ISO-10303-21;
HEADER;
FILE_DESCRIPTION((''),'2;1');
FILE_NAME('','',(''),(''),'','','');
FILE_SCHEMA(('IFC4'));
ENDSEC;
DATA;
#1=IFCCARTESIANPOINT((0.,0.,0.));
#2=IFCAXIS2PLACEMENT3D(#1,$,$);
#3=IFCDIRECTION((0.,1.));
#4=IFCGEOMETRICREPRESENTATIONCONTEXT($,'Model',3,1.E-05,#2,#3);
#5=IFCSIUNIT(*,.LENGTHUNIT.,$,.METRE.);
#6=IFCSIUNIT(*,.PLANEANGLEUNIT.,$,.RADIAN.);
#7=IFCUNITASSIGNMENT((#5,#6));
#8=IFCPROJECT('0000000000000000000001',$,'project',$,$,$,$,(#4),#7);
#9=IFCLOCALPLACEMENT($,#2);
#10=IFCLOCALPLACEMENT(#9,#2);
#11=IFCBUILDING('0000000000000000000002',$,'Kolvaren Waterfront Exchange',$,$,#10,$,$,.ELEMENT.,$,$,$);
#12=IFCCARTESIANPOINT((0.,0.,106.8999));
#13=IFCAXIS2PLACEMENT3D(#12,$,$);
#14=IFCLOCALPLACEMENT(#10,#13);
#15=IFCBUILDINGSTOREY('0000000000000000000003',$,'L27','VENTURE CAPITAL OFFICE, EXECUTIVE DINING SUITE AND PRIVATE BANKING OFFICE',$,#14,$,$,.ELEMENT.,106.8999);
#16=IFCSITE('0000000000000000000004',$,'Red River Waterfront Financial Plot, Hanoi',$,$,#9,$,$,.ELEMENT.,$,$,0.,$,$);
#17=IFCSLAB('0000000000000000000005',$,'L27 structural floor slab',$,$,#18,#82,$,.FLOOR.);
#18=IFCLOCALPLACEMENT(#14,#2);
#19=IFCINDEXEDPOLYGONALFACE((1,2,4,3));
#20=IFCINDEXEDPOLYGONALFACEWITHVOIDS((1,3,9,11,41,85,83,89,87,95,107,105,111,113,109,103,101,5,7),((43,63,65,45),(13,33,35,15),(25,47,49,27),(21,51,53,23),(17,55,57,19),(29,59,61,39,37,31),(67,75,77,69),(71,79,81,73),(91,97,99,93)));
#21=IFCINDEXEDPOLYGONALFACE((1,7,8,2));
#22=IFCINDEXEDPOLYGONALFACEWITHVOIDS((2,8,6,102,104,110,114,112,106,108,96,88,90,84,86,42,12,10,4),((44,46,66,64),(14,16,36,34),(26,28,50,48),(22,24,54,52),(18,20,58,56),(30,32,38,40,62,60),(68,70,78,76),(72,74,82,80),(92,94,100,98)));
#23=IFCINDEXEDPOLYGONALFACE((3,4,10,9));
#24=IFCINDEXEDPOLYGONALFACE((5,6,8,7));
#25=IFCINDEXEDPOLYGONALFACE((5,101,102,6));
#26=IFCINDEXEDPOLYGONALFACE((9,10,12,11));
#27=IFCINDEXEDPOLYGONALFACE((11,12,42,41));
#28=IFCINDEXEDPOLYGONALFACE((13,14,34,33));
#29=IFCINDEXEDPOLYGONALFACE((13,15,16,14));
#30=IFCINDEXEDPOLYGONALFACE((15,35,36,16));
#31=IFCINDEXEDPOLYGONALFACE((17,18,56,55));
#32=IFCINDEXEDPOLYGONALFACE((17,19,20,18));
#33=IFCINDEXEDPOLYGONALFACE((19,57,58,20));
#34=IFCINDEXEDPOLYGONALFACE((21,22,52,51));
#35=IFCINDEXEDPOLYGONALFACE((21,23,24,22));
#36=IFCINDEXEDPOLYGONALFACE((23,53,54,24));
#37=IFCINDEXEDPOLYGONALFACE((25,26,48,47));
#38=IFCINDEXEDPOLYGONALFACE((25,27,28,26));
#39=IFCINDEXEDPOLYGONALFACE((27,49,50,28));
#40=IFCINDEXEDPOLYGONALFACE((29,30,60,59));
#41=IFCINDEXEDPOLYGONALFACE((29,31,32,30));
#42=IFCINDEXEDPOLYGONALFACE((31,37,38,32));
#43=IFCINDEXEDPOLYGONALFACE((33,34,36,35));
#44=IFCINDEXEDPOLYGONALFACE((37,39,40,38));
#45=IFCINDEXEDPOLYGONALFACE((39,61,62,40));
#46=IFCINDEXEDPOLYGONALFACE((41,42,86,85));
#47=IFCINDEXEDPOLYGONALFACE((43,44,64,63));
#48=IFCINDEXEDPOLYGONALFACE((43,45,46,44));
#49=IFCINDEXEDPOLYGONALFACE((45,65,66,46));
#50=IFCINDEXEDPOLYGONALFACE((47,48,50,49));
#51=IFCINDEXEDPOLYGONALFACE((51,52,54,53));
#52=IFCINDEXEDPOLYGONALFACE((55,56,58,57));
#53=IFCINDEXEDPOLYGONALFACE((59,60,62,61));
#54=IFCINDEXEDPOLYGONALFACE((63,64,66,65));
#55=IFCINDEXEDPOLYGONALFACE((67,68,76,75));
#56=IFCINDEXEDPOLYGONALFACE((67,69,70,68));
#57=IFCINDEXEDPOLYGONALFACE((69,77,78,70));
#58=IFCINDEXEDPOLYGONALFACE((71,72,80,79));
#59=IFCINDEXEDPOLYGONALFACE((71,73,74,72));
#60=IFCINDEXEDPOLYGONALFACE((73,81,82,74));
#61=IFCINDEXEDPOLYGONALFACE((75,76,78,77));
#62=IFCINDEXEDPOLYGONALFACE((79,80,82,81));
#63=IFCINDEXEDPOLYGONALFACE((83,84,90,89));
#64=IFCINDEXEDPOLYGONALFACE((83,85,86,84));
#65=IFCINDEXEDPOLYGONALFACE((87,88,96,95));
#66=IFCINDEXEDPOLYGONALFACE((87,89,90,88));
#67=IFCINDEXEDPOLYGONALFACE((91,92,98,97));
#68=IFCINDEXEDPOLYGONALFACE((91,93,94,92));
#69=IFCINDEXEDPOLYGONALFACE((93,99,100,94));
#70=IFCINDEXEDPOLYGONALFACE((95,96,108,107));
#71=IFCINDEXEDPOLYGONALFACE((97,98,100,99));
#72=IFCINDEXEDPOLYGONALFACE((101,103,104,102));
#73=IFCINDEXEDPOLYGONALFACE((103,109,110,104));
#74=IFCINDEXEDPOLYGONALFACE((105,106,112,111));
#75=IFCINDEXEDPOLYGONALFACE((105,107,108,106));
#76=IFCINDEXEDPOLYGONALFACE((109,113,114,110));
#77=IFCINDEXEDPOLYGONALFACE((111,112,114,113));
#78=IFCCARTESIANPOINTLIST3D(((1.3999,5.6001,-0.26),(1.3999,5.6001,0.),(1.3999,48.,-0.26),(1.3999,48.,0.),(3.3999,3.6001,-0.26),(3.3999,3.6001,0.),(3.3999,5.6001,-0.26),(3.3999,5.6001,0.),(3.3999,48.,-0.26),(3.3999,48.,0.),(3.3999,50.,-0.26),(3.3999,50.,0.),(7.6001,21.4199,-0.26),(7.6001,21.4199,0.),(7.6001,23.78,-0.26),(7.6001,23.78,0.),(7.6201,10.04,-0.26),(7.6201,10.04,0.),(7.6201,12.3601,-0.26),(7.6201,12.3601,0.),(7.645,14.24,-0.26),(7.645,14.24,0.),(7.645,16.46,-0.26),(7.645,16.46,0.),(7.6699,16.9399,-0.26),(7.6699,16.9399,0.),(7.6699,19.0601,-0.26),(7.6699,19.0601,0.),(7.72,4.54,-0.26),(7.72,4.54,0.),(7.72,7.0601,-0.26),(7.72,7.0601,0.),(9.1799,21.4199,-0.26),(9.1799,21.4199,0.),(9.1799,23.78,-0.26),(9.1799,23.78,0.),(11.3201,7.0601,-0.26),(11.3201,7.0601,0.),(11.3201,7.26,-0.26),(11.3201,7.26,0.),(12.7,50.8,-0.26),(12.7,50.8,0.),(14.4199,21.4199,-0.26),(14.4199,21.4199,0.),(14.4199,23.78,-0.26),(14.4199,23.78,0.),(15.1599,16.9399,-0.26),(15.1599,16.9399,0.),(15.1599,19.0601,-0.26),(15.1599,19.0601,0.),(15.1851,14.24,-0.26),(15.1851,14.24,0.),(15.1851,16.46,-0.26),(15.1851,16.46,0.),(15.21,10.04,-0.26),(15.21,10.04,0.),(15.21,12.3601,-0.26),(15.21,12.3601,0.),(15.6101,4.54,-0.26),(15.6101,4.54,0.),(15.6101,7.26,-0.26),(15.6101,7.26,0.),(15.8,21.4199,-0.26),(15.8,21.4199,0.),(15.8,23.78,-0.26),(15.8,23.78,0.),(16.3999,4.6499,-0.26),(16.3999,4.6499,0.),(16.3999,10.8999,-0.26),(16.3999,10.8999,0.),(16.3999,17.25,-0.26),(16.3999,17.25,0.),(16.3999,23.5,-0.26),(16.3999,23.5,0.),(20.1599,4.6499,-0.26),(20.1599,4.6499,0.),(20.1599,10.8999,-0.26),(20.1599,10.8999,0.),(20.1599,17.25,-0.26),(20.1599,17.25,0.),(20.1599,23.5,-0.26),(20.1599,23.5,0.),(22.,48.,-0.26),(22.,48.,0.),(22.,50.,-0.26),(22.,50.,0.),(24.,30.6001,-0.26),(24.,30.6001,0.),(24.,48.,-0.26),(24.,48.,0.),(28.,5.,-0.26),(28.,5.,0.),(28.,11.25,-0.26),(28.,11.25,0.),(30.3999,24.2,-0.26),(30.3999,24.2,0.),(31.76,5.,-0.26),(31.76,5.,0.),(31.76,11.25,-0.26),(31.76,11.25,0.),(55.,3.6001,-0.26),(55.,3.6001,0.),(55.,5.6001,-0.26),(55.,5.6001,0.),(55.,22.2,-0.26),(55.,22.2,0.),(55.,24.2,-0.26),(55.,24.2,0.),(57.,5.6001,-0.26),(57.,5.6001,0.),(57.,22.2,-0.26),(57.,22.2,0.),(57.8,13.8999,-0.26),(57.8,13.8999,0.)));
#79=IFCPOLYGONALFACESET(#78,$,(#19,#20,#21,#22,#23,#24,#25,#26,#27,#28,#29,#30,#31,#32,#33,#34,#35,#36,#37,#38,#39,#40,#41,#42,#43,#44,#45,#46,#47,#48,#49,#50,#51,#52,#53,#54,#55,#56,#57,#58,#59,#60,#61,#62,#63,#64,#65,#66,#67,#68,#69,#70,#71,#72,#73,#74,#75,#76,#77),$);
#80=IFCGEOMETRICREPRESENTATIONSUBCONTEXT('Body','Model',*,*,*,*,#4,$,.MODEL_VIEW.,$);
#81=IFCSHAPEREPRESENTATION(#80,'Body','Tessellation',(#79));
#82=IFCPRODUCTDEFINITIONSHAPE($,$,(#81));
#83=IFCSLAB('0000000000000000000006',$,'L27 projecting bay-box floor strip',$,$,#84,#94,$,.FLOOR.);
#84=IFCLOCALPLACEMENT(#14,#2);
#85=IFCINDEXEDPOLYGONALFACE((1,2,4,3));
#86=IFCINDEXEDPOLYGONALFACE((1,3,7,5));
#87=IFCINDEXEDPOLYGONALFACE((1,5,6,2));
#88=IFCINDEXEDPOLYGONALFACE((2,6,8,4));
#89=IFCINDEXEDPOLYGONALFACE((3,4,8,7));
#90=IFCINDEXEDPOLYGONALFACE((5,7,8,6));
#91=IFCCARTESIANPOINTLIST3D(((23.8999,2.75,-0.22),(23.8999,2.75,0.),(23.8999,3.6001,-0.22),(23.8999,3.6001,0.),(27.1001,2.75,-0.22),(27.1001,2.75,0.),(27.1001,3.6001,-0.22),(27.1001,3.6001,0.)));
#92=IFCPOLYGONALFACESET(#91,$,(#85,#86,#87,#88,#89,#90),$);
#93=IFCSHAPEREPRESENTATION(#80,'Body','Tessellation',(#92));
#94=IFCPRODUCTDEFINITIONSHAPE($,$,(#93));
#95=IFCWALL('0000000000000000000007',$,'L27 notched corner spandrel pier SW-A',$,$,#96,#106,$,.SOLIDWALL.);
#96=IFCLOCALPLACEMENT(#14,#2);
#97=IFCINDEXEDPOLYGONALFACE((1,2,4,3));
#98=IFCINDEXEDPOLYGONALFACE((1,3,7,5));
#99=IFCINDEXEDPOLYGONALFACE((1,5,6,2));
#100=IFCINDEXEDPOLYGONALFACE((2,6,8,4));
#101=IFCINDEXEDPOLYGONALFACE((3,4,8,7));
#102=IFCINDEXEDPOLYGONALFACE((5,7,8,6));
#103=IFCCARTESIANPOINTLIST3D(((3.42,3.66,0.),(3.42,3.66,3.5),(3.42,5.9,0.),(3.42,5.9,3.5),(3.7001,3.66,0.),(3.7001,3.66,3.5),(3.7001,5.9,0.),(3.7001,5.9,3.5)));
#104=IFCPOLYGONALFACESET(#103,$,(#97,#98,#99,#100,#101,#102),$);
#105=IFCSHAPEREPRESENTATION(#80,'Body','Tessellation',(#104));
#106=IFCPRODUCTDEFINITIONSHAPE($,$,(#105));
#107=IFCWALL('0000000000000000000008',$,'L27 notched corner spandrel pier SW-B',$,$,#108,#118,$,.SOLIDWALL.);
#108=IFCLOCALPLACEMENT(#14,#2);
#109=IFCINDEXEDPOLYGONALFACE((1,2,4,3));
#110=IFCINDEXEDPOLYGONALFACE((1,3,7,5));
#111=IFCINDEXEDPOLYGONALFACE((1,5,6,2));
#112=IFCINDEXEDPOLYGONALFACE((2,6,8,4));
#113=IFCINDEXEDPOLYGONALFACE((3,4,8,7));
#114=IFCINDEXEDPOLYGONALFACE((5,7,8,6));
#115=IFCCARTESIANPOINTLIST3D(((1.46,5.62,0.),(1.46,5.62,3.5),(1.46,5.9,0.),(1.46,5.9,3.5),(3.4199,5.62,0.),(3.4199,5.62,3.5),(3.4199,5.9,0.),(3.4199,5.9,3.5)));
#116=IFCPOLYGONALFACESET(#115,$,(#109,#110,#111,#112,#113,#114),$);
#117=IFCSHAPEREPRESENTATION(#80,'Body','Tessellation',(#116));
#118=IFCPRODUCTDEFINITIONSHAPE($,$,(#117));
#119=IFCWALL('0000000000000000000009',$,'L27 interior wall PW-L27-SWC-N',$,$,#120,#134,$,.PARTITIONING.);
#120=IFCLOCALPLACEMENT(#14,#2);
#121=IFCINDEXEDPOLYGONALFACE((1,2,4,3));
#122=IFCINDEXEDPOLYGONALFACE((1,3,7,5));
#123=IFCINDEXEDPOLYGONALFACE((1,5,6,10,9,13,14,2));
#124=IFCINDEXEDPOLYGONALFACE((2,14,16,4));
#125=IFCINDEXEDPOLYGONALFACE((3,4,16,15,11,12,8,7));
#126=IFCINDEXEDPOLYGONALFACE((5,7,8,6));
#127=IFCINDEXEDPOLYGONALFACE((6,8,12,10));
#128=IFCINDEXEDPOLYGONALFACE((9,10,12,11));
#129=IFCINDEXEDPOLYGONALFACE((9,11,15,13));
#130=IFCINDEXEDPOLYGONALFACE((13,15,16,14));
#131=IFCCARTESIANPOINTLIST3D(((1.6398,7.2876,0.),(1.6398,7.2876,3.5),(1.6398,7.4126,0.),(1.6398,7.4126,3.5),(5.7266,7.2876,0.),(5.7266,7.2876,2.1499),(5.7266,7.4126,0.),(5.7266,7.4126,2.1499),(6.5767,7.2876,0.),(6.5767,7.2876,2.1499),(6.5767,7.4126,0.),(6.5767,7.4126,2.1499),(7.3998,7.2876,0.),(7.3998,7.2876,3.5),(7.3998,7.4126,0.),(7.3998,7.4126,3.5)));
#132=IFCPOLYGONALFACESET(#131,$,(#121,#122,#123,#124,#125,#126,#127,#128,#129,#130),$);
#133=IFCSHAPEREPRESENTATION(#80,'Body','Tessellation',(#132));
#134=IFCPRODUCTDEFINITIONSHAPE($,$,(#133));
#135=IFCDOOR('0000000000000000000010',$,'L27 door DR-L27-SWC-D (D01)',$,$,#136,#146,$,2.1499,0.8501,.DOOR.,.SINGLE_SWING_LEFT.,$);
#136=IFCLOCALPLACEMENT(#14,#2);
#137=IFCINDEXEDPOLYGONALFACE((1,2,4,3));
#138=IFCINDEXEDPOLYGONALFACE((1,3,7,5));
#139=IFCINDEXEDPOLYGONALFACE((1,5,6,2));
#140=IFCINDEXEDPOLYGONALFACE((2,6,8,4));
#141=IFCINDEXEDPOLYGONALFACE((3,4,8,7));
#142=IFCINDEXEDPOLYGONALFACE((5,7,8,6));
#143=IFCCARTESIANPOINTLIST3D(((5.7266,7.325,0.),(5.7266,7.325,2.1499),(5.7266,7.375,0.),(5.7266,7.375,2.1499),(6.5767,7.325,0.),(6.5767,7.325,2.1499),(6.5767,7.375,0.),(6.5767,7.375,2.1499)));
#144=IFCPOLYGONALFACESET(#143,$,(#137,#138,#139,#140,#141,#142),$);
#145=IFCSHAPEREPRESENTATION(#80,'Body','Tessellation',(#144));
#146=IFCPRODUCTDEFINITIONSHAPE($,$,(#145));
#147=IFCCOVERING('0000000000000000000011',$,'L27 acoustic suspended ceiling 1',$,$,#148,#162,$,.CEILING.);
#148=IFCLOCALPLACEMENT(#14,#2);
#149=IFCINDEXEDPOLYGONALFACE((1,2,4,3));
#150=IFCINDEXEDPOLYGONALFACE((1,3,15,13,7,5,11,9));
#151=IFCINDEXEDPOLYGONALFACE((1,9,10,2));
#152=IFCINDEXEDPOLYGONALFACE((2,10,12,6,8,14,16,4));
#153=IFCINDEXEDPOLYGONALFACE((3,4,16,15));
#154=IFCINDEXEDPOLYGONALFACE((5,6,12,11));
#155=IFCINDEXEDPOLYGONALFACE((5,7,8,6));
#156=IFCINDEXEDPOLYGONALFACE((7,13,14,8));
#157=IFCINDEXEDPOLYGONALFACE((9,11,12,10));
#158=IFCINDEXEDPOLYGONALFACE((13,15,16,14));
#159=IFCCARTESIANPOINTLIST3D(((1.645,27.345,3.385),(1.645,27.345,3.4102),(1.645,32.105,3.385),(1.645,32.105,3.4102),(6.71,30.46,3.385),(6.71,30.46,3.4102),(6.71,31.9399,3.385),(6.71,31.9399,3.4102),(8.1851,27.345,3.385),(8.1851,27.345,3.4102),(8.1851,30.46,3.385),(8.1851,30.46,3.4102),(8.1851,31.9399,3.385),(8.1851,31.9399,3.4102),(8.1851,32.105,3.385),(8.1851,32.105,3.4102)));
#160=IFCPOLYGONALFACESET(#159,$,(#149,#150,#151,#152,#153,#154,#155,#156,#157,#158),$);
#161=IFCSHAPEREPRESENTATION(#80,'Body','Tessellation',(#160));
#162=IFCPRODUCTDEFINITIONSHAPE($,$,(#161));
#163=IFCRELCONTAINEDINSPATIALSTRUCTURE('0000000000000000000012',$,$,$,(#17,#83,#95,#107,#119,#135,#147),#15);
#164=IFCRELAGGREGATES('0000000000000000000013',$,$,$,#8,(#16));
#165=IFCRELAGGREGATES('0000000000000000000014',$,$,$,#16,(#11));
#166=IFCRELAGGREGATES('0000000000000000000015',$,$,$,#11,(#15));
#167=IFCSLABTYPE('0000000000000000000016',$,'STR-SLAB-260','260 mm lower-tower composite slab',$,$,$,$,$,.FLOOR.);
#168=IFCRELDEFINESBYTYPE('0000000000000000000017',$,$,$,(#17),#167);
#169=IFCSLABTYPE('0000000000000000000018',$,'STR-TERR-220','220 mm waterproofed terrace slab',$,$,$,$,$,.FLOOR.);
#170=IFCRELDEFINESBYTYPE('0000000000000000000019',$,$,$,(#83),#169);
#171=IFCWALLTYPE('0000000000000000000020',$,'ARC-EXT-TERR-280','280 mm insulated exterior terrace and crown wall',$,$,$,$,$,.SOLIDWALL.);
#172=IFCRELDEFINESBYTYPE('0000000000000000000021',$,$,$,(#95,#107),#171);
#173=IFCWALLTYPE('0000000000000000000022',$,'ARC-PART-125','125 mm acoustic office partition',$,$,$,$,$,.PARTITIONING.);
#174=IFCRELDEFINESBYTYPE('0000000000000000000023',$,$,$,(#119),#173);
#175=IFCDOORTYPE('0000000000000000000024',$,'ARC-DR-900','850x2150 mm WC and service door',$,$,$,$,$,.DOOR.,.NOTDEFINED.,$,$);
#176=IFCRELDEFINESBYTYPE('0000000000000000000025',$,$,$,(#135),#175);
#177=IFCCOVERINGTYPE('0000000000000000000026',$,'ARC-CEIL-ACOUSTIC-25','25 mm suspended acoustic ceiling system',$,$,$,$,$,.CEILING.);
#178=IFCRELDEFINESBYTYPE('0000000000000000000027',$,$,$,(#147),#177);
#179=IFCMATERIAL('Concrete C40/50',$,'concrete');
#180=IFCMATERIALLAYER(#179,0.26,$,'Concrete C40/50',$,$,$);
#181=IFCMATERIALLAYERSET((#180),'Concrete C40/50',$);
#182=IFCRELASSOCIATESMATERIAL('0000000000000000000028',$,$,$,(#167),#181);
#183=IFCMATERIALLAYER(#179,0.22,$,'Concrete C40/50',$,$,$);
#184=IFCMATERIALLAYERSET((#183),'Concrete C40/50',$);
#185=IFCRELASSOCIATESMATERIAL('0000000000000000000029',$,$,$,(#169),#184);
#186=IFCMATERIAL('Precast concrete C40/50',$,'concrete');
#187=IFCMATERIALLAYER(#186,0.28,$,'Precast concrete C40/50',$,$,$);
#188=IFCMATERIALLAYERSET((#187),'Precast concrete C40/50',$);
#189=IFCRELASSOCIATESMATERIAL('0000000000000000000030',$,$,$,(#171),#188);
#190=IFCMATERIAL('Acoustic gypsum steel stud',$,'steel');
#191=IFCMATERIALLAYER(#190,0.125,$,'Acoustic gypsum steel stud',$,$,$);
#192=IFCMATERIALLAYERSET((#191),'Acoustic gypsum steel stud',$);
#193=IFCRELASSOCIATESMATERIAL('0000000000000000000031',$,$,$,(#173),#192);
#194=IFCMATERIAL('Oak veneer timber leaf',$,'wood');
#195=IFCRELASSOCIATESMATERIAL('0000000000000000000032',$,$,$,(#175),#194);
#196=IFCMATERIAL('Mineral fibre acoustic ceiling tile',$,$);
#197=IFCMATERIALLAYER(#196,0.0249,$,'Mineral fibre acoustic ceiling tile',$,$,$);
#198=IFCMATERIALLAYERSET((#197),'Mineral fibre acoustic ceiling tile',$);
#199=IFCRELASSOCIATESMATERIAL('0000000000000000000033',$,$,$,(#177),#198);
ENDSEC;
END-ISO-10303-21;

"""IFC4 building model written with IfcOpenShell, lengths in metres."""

from ifc_helpers import new_model, si_unit, direction, frame, frame_2d, origin, place, context, subcontext, project, spatial, polyline, rectangle, outline, extrude, material, layer, layer_set, type_object, element, fill, save


model = new_model("IFC4")

# Units and contexts
model_context = context("Model", 3, precision=1e-05, world=origin(), true_north=direction((0.0, 1.0)))
body_context = subcontext(model_context, "Body", "Model", "MODEL_VIEW")
ifc_project = project(units=[si_unit("LENGTHUNIT", "METRE"), si_unit("PLANEANGLEUNIT", "RADIAN")], contexts=[model_context])

# Site, building, storey
site_placement = place(None, origin())
site = spatial("IfcSite", under=ifc_project, at=site_placement, Name="Red River Waterfront Financial Plot, Hanoi", CompositionType="ELEMENT", RefElevation=0.0)
building_placement = place(site_placement, origin())
building = spatial("IfcBuilding", under=site, at=building_placement, Name="Kolvaren Waterfront Exchange", CompositionType="ELEMENT")
storey_placement = place(building_placement, frame((0.0, 0.0, 106.8999)))
storey = spatial("IfcBuildingStorey", under=building, at=storey_placement, Name="L27", Description="VENTURE CAPITAL OFFICE, EXECUTIVE DINING SUITE AND PRIVATE BANKING OFFICE", CompositionType="ELEMENT", Elevation=106.8999)

# Shared definitions
ifc_material_1 = material(Name="Concrete C40/50", Category="concrete")

# Slabs
ifc_layer_1 = layer(ifc_material_1, 0.26, Name="Concrete C40/50")
ifc_layer_set_1 = layer_set([ifc_layer_1], Name="Concrete C40/50")
slab_type_1 = type_object("IfcSlabType", Name="STR-SLAB-260", Description="260 mm lower-tower composite slab", PredefinedType="FLOOR", material=ifc_layer_set_1)
slab_1_placement = place(storey_placement, frame((0.0, 0.0, -0.26)))
element("IfcSlab", 1, at=slab_1_placement, inside=storey, type_object=slab_type_1, Name="L27 structural floor slab", PredefinedType="FLOOR", context=body_context, shape_type="SweptSolid", body=[
    extrude(outline(polyline([(3.3999, 3.6001), (55.0, 3.6001), (55.0, 5.6001), (57.0, 5.6001), (57.8, 13.8999), (57.0, 22.2), (55.0, 22.2), (55.0, 24.2), (30.3999, 24.2), (24.0, 30.6001), (24.0, 48.0), (22.0, 48.0), (22.0, 50.0), (12.7, 50.8), (3.3999, 50.0), (3.3999, 48.0), (1.3999, 48.0), (1.3999, 5.6001), (3.3999, 5.6001), (3.3999, 3.6001)]), holes=[polyline([(11.3201, 7.26), (15.6101, 7.26), (15.6101, 4.54), (7.72, 4.54), (7.72, 7.0601), (11.3201, 7.0601), (11.3201, 7.26)]), polyline([(20.1599, 4.6499), (16.3999, 4.6499), (16.3999, 10.8999), (20.1599, 10.8999), (20.1599, 4.6499)]), polyline([(31.76, 5.0), (28.0, 5.0), (28.0, 11.25), (31.76, 11.25), (31.76, 5.0)]), polyline([(15.21, 10.04), (7.6201, 10.04), (7.6201, 12.3601), (15.21, 12.3601), (15.21, 10.04)]), polyline([(7.645, 16.46), (15.1851, 16.46), (15.1851, 14.24), (7.645, 14.24), (7.645, 16.46)]), polyline([(15.1599, 16.9399), (7.6699, 16.9399), (7.6699, 19.0601), (15.1599, 19.0601), (15.1599, 16.9399)]), polyline([(16.3999, 23.5), (20.1599, 23.5), (20.1599, 17.25), (16.3999, 17.25), (16.3999, 23.5)]), polyline([(7.6001, 23.78), (9.1799, 23.78), (9.1799, 21.4199), (7.6001, 21.4199), (7.6001, 23.78)]), polyline([(15.8, 23.78), (15.8, 21.4199), (14.4199, 21.4199), (14.4199, 23.78), (15.8, 23.78)])]), origin(), (0.0, 0.0, 1.0), 0.26),
])
ifc_layer_2 = layer(ifc_material_1, 0.22, Name="Concrete C40/50")
ifc_layer_set_2 = layer_set([ifc_layer_2], Name="Concrete C40/50")
slab_type_2 = type_object("IfcSlabType", Name="STR-TERR-220", Description="220 mm waterproofed terrace slab", PredefinedType="FLOOR", material=ifc_layer_set_2)
slab_2_placement = place(storey_placement, frame((0.0, 0.0, -0.22)))
element("IfcSlab", 2, at=slab_2_placement, inside=storey, type_object=slab_type_2, Name="L27 projecting bay-box floor strip", PredefinedType="FLOOR", context=body_context, shape_type="SweptSolid", body=[
    extrude(outline(polyline([(23.8999, 2.75), (27.1001, 2.75), (27.1001, 3.6001), (23.8999, 3.6001), (23.8999, 2.75)])), origin(), (0.0, 0.0, 1.0), 0.22),
])

# Walls
ifc_material_2 = material(Name="Precast concrete C40/50", Category="concrete")
ifc_layer_3 = layer(ifc_material_2, 0.28, Name="Precast concrete C40/50")
ifc_layer_set_3 = layer_set([ifc_layer_3], Name="Precast concrete C40/50")
wall_type_1 = type_object("IfcWallType", Name="ARC-EXT-TERR-280", Description="280 mm insulated exterior terrace and crown wall", PredefinedType="SOLIDWALL", material=ifc_layer_set_3)
wall_1_placement = place(storey_placement, frame((3.5601, 3.6599, 0.0), z_axis=(0.0, 0.0, 1.0), x_axis=(0.0, 1.0, 0.0)))
element("IfcWall", 3, at=wall_1_placement, inside=storey, type_object=wall_type_1, Name="L27 notched corner spandrel pier SW-A", PredefinedType="SOLIDWALL", context=body_context, shape_type="SweptSolid", body=[
    extrude(rectangle(XDim=2.24, YDim=0.28, at=frame_2d((1.1201, 0.0))), origin(), (0.0, 0.0, 1.0), 3.5),
])
wall_2_placement = place(storey_placement, frame((1.46, 5.76, 0.0), z_axis=(0.0, 0.0, 1.0), x_axis=(1.0, 0.0, 0.0)))
element("IfcWall", 4, at=wall_2_placement, inside=storey, type_object=wall_type_1, Name="L27 notched corner spandrel pier SW-B", PredefinedType="SOLIDWALL", context=body_context, shape_type="SweptSolid", body=[
    extrude(rectangle(XDim=1.96, YDim=0.28, at=frame_2d((0.98, 0.0))), origin(), (0.0, 0.0, 1.0), 3.5),
])

# Wall, opening, door
ifc_material_3 = material(Name="Acoustic gypsum steel stud", Category="steel")
ifc_layer_4 = layer(ifc_material_3, 0.125, Name="Acoustic gypsum steel stud")
ifc_layer_set_4 = layer_set([ifc_layer_4], Name="Acoustic gypsum steel stud")
wall_type_2 = type_object("IfcWallType", Name="ARC-PART-125", Description="125 mm acoustic office partition", PredefinedType="PARTITIONING", material=ifc_layer_set_4)
wall_3_placement = place(storey_placement, frame((1.6399, 7.3501, 0.0), z_axis=(0.0, 0.0, 1.0), x_axis=(1.0, 0.0, 0.0)))
wall_3 = element("IfcWall", 5, at=wall_3_placement, inside=storey, type_object=wall_type_2, Name="L27 interior wall PW-L27-SWC-N", PredefinedType="PARTITIONING", context=body_context, shape_type="SweptSolid", body=[
    extrude(rectangle(XDim=5.76, YDim=0.125, at=frame_2d((2.8799, 0.0))), origin(), (0.0, 0.0, 1.0), 3.5),
])
opening_placement = place(wall_3_placement, frame((4.0867, 0.0, 0.0)))
opening = element("IfcOpeningElement", 6, at=opening_placement, cuts=wall_3, PredefinedType="OPENING", context=body_context, shape_type="SweptSolid", body=[
    extrude(rectangle(XDim=0.8501, YDim=2.1499, at=frame_2d((0.425, 1.075))), frame((0.0, 0.0725, 0.0), z_axis=(0.0, -1.0, 0.0), x_axis=(1.0, 0.0, 0.0)), (0.0, 0.0, 1.0), 0.145),
])
ifc_material_4 = material(Name="Oak veneer timber leaf", Category="wood")
door_type = type_object("IfcDoorType", Name="ARC-DR-900", Description="850x2150 mm WC and service door", OperationType="NOTDEFINED", PredefinedType="DOOR", material=ifc_material_4)
door_placement = place(opening_placement, origin())
door = element("IfcDoor", 7, at=door_placement, inside=storey, type_object=door_type, Name="L27 door DR-L27-SWC-D (D01)", OperationType="SINGLE_SWING_LEFT", OverallHeight=2.1499, OverallWidth=0.8501, PredefinedType="DOOR", context=body_context, shape_type="SweptSolid", body=[
    extrude(rectangle(XDim=0.8501, YDim=2.1499, at=frame_2d((0.425, 1.075))), frame((0.0, 0.0249, 0.0), z_axis=(0.0, -1.0, 0.0), x_axis=(1.0, 0.0, 0.0)), (0.0, 0.0, 1.0), 0.05),
])
fill(opening, door)

# Covering
ifc_material_5 = material(Name="Mineral fibre acoustic ceiling tile")
ifc_layer_5 = layer(ifc_material_5, 0.0249, Name="Mineral fibre acoustic ceiling tile")
ifc_layer_set_5 = layer_set([ifc_layer_5], Name="Mineral fibre acoustic ceiling tile")
covering_type_1 = type_object("IfcCoveringType", Name="ARC-CEIL-ACOUSTIC-25", Description="25 mm suspended acoustic ceiling system", PredefinedType="CEILING", material=ifc_layer_set_5)
covering_1_placement = place(storey_placement, frame((0.0, 0.0, 3.385)))
element("IfcCovering", 8, at=covering_1_placement, inside=storey, type_object=covering_type_1, Name="L27 acoustic suspended ceiling 1", PredefinedType="CEILING", context=body_context, shape_type="SweptSolid", body=[
    extrude(outline(polyline([(8.1851, 30.46), (6.71, 30.46), (6.71, 31.9399), (8.1851, 31.9399), (8.1851, 32.105), (1.645, 32.105), (1.645, 27.345), (8.1851, 27.345), (8.1851, 30.46)])), origin(), (0.0, 0.0, 1.0), 0.0251),
])

save(model, "model.ifc")
